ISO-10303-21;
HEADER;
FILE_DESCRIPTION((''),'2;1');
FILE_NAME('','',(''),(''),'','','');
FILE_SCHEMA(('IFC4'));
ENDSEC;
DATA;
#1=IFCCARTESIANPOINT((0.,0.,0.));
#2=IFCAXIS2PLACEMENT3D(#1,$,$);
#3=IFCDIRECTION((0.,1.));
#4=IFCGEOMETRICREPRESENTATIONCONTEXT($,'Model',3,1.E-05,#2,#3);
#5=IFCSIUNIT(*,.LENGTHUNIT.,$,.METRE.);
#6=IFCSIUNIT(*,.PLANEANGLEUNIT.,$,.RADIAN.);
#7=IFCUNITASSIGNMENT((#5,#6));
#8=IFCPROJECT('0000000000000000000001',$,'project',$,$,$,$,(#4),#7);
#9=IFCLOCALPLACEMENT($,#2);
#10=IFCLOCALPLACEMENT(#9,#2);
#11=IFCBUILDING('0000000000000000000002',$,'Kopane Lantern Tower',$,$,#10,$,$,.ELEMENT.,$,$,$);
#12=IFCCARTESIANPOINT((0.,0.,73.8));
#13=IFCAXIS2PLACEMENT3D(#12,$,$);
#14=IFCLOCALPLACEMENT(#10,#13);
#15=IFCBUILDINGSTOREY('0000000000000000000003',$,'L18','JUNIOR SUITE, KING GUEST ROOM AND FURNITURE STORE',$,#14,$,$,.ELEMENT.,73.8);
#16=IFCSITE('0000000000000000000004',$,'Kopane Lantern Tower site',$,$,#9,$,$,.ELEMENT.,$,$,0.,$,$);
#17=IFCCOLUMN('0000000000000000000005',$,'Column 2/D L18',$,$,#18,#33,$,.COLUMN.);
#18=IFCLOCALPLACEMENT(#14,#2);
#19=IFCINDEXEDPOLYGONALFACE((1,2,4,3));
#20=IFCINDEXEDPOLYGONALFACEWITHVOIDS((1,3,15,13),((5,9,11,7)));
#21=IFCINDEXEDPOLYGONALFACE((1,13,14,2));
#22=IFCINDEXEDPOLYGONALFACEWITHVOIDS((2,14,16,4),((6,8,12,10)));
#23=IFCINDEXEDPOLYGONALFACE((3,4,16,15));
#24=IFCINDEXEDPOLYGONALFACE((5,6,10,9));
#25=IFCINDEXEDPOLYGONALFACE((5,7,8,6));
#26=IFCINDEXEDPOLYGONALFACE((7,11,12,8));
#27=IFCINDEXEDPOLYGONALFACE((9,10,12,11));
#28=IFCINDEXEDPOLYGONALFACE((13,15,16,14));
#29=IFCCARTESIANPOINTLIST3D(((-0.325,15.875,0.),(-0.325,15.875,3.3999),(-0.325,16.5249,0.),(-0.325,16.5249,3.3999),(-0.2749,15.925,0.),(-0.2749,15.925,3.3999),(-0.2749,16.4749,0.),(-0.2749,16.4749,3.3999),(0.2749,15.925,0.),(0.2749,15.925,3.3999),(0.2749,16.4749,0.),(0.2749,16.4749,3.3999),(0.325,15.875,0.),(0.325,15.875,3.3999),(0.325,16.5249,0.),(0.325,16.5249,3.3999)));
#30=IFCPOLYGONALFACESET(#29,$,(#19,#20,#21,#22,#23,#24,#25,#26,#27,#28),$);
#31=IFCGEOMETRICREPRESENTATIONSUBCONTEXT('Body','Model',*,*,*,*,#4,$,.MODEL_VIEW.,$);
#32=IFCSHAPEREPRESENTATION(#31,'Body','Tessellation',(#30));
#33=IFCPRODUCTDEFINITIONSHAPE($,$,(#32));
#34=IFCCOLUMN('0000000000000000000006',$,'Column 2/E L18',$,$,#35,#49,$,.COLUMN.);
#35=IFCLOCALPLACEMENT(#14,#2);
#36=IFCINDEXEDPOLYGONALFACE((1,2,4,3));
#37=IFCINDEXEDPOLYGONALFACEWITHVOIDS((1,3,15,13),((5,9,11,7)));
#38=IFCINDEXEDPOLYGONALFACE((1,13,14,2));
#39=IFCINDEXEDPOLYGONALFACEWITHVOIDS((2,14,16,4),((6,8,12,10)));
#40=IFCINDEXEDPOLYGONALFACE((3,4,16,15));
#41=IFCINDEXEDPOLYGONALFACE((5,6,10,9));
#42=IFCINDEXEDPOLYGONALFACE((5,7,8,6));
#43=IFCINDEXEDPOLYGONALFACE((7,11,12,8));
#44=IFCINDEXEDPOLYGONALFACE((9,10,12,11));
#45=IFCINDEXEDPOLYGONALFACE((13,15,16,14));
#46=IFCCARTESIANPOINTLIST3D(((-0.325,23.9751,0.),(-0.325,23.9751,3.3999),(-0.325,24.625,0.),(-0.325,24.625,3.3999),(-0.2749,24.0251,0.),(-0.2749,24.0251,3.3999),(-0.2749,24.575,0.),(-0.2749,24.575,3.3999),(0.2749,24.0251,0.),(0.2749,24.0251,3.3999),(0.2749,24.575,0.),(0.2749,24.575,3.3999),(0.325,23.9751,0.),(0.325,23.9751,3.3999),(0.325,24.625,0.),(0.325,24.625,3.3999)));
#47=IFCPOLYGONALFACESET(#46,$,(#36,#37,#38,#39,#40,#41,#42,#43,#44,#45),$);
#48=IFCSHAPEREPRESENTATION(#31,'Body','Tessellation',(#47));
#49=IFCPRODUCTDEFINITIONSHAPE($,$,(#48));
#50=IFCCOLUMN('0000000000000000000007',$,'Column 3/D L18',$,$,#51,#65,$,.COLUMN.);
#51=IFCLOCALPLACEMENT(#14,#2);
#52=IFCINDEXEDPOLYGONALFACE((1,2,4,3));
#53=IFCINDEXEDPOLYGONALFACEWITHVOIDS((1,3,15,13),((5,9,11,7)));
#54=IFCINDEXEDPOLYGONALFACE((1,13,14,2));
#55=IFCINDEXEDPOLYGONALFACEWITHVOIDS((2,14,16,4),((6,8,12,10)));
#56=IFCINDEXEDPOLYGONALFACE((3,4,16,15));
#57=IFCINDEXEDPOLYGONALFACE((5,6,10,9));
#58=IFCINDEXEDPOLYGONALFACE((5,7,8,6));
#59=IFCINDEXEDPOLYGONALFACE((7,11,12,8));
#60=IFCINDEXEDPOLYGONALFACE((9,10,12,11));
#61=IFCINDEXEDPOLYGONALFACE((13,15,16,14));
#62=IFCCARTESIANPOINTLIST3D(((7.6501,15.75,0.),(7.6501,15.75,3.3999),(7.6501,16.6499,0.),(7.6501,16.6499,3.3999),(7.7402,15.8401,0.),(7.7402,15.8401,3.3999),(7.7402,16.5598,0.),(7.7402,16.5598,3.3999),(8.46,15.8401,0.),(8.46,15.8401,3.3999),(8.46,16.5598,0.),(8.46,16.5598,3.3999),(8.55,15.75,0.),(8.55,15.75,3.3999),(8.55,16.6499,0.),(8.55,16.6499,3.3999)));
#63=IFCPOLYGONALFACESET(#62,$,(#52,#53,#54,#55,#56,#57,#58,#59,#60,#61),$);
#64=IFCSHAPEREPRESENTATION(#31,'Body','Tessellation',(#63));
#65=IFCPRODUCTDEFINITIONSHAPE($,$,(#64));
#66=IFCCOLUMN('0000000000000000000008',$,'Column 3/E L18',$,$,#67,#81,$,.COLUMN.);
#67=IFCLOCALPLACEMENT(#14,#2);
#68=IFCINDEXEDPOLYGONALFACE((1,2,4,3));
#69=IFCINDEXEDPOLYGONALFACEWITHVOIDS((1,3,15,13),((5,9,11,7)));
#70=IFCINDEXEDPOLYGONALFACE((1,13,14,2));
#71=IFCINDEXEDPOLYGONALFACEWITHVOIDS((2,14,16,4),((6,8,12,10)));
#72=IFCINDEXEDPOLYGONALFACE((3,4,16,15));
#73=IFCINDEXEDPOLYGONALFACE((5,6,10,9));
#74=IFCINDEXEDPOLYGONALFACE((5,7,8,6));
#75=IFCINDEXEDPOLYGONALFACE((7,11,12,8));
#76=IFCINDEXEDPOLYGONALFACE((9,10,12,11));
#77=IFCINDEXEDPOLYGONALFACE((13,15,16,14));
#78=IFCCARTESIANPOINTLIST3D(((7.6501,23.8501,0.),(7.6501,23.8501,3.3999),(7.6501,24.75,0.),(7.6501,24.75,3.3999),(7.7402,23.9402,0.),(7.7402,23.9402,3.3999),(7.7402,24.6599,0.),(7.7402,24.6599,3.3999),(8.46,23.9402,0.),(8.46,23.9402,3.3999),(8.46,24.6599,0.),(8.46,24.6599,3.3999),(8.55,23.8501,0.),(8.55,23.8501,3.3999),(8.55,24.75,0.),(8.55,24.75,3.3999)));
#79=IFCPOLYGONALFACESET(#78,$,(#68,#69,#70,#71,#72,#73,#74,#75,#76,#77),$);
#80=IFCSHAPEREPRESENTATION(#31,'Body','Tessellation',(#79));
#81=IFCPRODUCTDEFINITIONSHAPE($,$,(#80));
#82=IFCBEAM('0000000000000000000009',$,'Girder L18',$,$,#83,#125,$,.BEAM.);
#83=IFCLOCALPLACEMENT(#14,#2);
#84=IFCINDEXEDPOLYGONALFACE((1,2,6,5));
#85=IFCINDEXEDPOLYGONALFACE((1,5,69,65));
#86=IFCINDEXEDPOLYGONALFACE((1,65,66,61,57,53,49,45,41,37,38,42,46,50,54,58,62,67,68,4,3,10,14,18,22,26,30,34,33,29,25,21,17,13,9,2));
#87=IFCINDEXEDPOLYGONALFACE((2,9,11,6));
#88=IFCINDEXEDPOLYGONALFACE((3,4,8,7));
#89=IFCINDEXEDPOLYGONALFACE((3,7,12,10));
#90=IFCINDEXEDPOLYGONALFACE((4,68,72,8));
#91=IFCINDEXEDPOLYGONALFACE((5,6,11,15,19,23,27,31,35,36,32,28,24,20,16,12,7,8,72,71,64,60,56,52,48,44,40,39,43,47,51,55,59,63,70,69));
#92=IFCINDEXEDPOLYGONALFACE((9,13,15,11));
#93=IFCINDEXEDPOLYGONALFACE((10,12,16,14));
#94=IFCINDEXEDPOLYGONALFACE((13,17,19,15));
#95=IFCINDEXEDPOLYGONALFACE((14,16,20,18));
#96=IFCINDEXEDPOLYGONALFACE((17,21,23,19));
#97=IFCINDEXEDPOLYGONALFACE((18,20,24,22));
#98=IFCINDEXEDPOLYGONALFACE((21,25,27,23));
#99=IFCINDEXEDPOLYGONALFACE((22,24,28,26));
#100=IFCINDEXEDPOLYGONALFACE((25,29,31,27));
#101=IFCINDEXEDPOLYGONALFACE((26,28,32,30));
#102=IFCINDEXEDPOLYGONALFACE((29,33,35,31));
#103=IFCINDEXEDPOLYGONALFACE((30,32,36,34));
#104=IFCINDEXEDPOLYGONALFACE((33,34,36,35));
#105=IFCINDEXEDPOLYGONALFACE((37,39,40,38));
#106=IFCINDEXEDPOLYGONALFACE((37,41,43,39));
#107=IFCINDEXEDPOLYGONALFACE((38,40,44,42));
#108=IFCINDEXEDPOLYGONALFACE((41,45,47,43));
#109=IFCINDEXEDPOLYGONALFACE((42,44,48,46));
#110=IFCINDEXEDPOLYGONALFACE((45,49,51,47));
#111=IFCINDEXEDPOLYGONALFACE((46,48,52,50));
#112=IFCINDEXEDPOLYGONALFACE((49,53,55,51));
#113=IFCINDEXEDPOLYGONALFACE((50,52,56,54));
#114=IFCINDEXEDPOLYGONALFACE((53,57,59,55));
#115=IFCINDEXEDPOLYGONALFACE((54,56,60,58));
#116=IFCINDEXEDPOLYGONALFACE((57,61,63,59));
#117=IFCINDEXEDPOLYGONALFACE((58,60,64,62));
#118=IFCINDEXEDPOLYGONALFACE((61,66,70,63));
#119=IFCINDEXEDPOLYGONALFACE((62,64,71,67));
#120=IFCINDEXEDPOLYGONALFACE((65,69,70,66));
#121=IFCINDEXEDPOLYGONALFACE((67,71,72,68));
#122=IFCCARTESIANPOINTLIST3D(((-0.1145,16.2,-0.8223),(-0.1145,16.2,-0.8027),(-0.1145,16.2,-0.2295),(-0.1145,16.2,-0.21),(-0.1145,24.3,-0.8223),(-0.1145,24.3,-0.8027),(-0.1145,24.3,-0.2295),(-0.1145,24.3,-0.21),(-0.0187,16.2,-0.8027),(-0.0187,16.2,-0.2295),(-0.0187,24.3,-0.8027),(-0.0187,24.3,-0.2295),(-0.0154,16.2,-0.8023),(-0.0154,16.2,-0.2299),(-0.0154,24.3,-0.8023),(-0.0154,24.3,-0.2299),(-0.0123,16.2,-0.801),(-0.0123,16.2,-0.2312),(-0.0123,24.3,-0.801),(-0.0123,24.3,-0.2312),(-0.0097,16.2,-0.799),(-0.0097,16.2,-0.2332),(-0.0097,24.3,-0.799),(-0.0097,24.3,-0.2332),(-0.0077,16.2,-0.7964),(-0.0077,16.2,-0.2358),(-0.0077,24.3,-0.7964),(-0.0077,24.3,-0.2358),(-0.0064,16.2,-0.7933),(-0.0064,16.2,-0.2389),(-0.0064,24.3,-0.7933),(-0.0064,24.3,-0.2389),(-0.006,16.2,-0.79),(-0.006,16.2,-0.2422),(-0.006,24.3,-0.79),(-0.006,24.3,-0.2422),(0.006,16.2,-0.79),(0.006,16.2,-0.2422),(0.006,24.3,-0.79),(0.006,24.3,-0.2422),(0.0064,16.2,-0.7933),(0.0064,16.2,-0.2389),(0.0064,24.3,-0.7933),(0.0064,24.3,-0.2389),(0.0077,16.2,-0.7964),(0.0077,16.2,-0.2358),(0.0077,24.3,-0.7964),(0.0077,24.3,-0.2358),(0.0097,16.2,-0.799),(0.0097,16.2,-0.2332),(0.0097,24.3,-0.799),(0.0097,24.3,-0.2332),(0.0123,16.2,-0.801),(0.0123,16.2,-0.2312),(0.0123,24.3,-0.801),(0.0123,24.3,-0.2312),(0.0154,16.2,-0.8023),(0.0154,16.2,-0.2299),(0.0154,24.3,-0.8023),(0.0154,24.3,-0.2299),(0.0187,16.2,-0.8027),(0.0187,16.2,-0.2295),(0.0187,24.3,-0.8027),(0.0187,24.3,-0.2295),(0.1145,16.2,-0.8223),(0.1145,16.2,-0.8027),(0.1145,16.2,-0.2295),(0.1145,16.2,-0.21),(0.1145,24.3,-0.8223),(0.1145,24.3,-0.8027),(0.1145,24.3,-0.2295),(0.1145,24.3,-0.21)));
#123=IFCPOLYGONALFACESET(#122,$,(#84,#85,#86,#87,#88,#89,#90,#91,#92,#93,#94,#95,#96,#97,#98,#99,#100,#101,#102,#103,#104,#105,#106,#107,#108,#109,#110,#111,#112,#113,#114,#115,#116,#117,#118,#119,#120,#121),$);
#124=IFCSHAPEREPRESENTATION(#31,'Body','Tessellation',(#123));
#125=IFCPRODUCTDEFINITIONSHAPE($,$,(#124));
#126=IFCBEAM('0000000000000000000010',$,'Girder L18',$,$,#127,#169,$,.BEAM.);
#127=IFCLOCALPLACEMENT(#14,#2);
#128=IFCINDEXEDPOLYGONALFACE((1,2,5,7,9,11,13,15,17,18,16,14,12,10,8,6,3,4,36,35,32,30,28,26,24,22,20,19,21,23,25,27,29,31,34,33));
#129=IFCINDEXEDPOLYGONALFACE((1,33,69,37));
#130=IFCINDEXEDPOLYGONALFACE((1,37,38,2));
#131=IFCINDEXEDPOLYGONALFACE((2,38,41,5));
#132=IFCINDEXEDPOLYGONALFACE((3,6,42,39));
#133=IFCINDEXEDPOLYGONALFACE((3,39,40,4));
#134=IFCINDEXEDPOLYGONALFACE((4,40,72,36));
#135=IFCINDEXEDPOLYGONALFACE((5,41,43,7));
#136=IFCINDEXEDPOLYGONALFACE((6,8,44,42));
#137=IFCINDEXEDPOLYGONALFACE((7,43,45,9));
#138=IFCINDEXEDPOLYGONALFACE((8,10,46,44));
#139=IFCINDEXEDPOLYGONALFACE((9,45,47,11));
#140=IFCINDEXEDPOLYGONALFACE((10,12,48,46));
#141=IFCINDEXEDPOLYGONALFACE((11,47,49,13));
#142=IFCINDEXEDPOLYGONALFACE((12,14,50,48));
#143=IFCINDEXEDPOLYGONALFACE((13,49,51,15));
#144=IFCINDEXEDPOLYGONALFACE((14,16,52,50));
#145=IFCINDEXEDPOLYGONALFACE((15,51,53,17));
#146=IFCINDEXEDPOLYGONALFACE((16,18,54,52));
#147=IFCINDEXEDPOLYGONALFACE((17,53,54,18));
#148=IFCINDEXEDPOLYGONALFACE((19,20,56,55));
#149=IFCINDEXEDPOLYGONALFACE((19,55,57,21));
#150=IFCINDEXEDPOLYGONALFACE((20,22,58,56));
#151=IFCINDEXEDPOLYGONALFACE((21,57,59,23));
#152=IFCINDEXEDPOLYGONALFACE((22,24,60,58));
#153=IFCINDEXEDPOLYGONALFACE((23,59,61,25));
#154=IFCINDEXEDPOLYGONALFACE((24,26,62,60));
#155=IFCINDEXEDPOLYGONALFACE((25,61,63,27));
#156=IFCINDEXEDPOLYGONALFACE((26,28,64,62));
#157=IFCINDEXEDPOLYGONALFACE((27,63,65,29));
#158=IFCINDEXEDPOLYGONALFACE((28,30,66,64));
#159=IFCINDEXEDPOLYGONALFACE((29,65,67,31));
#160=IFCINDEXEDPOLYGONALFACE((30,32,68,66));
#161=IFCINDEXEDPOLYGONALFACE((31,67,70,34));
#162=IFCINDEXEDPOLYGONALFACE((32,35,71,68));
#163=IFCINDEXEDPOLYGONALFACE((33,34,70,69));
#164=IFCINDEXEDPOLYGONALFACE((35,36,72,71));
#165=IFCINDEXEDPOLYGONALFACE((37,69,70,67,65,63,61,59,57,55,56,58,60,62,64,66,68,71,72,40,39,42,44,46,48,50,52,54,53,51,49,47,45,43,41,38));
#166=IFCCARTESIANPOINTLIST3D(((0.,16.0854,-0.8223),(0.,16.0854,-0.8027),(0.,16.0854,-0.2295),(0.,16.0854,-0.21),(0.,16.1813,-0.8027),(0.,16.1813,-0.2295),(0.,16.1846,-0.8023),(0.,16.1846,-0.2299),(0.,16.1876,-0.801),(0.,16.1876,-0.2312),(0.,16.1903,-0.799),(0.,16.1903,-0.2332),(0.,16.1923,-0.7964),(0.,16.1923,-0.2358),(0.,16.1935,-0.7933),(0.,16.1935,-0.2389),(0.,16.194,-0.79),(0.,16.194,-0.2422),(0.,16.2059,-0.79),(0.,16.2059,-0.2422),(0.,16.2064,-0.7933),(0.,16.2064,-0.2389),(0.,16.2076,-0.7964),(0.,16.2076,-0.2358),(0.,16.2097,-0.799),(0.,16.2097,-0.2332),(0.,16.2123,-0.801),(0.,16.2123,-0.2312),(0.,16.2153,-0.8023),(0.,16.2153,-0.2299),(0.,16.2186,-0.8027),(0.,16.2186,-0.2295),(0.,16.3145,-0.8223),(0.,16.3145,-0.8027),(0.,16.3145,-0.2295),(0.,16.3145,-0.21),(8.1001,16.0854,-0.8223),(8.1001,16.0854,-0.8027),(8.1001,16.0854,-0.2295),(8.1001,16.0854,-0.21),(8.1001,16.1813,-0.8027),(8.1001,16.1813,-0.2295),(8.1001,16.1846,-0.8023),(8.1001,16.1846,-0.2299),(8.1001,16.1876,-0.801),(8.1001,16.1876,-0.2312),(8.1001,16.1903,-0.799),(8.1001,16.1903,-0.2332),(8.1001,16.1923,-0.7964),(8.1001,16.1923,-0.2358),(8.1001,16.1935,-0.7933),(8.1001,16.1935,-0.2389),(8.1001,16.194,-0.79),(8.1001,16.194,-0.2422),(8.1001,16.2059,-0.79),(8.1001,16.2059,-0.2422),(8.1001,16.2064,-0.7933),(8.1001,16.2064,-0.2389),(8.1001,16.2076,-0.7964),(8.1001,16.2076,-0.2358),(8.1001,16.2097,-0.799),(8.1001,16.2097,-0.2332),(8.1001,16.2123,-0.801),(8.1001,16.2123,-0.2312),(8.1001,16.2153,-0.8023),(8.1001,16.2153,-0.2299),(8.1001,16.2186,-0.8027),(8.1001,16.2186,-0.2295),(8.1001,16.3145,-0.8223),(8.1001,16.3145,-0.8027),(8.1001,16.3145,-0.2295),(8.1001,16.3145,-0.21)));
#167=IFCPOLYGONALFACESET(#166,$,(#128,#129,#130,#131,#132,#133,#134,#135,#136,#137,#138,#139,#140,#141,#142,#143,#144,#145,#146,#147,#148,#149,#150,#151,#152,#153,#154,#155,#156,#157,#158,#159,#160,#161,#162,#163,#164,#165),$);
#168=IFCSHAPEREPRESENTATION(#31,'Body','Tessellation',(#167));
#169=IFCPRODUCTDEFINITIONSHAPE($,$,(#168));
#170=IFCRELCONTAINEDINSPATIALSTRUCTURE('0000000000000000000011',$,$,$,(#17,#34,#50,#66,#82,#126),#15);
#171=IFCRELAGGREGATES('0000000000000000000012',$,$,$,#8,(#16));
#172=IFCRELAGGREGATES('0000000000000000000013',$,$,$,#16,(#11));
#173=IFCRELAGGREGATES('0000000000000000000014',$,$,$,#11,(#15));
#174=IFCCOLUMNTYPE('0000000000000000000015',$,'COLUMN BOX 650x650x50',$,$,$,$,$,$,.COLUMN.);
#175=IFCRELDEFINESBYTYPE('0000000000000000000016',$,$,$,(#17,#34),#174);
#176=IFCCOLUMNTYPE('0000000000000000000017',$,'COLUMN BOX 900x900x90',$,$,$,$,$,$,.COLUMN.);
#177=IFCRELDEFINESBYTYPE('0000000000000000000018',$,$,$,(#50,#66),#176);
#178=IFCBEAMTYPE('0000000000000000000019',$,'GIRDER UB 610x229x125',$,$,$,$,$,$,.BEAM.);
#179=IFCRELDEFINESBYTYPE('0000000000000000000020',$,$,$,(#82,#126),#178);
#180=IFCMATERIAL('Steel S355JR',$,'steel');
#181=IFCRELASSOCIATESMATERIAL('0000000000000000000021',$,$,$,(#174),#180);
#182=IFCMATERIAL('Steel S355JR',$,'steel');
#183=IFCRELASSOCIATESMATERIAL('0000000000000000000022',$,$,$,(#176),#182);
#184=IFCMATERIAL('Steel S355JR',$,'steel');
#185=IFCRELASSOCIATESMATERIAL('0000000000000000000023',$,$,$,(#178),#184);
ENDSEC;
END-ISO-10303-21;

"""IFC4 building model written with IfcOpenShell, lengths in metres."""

from ifc_helpers import new_model, si_unit, direction, frame, origin, origin_2d, place, context, subcontext, project, spatial, hollow_rectangle, i_section, extrude, material, material_profile, profile_set, type_object, element, save


model = new_model("IFC4")

# Units and contexts
model_context = context("Model", 3, precision=1e-05, world=origin(), true_north=direction((0.0, 1.0)))
body_context = subcontext(model_context, "Body", "Model", "MODEL_VIEW")
ifc_project = project(units=[si_unit("LENGTHUNIT", "METRE"), si_unit("PLANEANGLEUNIT", "RADIAN")], contexts=[model_context])

# Site, building, storey
site_placement = place(None, origin())
site = spatial("IfcSite", under=ifc_project, at=site_placement, Name="Kopane Lantern Tower site", CompositionType="ELEMENT", RefElevation=0.0)
building_placement = place(site_placement, origin())
building = spatial("IfcBuilding", under=site, at=building_placement, Name="Kopane Lantern Tower", CompositionType="ELEMENT")
storey_placement = place(building_placement, frame((0.0, 0.0, 73.8)))
storey = spatial("IfcBuildingStorey", under=building, at=storey_placement, Name="L18", Description="JUNIOR SUITE, KING GUEST ROOM AND FURNITURE STORE", CompositionType="ELEMENT", Elevation=73.8)

# Columns
ifc_material_1 = material(Name="Steel S355JR", Category="steel")
ifc_material_profile_1 = material_profile(ifc_material_1, hollow_rectangle(XDim=0.6499, YDim=0.6499, WallThickness=0.05, at=origin_2d()), Name="BOX 650x650x50")
ifc_profile_set_1 = profile_set([ifc_material_profile_1], Name="Steel S355JR")
column_type_1 = type_object("IfcColumnType", Name="COLUMN BOX 650x650x50", PredefinedType="COLUMN", material=ifc_profile_set_1)
for number, where, z_axis, x_axis, name in (
    (1, (0.0, 16.2, 0.0), (0.0, 0.0, 1.0), (1.0, 0.0, 0.0), "Column 2/D L18"),
    (2, (0.0, 24.3, 0.0), (0.0, 0.0, 1.0), (1.0, 0.0, 0.0), "Column 2/E L18"),
):
    element("IfcColumn", number, at=place(storey_placement, frame(where, z_axis=z_axis, x_axis=x_axis)), inside=storey, type_object=column_type_1, Name=name, PredefinedType="COLUMN", context=body_context, shape_type="SweptSolid", body=[
        extrude(hollow_rectangle(XDim=0.6499, YDim=0.6499, WallThickness=0.05, at=origin_2d()), origin(), (0.0, 0.0, 1.0), 3.3999),
    ])
ifc_material_2 = material(Name="Steel S355JR", Category="steel")
ifc_material_profile_2 = material_profile(ifc_material_2, hollow_rectangle(XDim=0.8999, YDim=0.8999, WallThickness=0.0901, at=origin_2d()), Name="BOX 900x900x90")
ifc_profile_set_2 = profile_set([ifc_material_profile_2], Name="Steel S355JR")
column_type_2 = type_object("IfcColumnType", Name="COLUMN BOX 900x900x90", PredefinedType="COLUMN", material=ifc_profile_set_2)
for number, where, z_axis, x_axis, name in (
    (3, (8.1001, 16.2, 0.0), (0.0, 0.0, 1.0), (1.0, 0.0, 0.0), "Column 3/D L18"),
    (4, (8.1001, 24.3, 0.0), (0.0, 0.0, 1.0), (1.0, 0.0, 0.0), "Column 3/E L18"),
):
    element("IfcColumn", number, at=place(storey_placement, frame(where, z_axis=z_axis, x_axis=x_axis)), inside=storey, type_object=column_type_2, Name=name, PredefinedType="COLUMN", context=body_context, shape_type="SweptSolid", body=[
        extrude(hollow_rectangle(XDim=0.8999, YDim=0.8999, WallThickness=0.0901, at=origin_2d()), origin(), (0.0, 0.0, 1.0), 3.3999),
    ])

# Beams
ifc_material_3 = material(Name="Steel S355JR", Category="steel")
ifc_material_profile_3 = material_profile(ifc_material_3, i_section(OverallWidth=0.229, OverallDepth=0.6123, WebThickness=0.012, FlangeThickness=0.0195, FilletRadius=0.0127, at=origin_2d()), Name="UB 610x229x125")
ifc_profile_set_3 = profile_set([ifc_material_profile_3], Name="Steel S355JR")
beam_type = type_object("IfcBeamType", Name="GIRDER UB 610x229x125", PredefinedType="BEAM", material=ifc_profile_set_3)
for number, where, z_axis, x_axis, name in (
    (5, (0.0, 16.2, -0.5161), (0.0, 1.0, 0.0), (-1.0, 0.0, 0.0), "Girder L18"),
    (6, (0.0, 16.2, -0.5161), (1.0, 0.0, 0.0), (0.0, 1.0, 0.0), "Girder L18"),
):
    element("IfcBeam", number, at=place(storey_placement, frame(where, z_axis=z_axis, x_axis=x_axis)), inside=storey, type_object=beam_type, Name=name, PredefinedType="BEAM", context=body_context, shape_type="SweptSolid", body=[
        extrude(i_section(OverallWidth=0.229, OverallDepth=0.6123, WebThickness=0.012, FlangeThickness=0.0195, FilletRadius=0.0127, at=origin_2d()), origin(), (0.0, 0.0, 1.0), 8.1001),
    ])

save(model, "model.ifc")
